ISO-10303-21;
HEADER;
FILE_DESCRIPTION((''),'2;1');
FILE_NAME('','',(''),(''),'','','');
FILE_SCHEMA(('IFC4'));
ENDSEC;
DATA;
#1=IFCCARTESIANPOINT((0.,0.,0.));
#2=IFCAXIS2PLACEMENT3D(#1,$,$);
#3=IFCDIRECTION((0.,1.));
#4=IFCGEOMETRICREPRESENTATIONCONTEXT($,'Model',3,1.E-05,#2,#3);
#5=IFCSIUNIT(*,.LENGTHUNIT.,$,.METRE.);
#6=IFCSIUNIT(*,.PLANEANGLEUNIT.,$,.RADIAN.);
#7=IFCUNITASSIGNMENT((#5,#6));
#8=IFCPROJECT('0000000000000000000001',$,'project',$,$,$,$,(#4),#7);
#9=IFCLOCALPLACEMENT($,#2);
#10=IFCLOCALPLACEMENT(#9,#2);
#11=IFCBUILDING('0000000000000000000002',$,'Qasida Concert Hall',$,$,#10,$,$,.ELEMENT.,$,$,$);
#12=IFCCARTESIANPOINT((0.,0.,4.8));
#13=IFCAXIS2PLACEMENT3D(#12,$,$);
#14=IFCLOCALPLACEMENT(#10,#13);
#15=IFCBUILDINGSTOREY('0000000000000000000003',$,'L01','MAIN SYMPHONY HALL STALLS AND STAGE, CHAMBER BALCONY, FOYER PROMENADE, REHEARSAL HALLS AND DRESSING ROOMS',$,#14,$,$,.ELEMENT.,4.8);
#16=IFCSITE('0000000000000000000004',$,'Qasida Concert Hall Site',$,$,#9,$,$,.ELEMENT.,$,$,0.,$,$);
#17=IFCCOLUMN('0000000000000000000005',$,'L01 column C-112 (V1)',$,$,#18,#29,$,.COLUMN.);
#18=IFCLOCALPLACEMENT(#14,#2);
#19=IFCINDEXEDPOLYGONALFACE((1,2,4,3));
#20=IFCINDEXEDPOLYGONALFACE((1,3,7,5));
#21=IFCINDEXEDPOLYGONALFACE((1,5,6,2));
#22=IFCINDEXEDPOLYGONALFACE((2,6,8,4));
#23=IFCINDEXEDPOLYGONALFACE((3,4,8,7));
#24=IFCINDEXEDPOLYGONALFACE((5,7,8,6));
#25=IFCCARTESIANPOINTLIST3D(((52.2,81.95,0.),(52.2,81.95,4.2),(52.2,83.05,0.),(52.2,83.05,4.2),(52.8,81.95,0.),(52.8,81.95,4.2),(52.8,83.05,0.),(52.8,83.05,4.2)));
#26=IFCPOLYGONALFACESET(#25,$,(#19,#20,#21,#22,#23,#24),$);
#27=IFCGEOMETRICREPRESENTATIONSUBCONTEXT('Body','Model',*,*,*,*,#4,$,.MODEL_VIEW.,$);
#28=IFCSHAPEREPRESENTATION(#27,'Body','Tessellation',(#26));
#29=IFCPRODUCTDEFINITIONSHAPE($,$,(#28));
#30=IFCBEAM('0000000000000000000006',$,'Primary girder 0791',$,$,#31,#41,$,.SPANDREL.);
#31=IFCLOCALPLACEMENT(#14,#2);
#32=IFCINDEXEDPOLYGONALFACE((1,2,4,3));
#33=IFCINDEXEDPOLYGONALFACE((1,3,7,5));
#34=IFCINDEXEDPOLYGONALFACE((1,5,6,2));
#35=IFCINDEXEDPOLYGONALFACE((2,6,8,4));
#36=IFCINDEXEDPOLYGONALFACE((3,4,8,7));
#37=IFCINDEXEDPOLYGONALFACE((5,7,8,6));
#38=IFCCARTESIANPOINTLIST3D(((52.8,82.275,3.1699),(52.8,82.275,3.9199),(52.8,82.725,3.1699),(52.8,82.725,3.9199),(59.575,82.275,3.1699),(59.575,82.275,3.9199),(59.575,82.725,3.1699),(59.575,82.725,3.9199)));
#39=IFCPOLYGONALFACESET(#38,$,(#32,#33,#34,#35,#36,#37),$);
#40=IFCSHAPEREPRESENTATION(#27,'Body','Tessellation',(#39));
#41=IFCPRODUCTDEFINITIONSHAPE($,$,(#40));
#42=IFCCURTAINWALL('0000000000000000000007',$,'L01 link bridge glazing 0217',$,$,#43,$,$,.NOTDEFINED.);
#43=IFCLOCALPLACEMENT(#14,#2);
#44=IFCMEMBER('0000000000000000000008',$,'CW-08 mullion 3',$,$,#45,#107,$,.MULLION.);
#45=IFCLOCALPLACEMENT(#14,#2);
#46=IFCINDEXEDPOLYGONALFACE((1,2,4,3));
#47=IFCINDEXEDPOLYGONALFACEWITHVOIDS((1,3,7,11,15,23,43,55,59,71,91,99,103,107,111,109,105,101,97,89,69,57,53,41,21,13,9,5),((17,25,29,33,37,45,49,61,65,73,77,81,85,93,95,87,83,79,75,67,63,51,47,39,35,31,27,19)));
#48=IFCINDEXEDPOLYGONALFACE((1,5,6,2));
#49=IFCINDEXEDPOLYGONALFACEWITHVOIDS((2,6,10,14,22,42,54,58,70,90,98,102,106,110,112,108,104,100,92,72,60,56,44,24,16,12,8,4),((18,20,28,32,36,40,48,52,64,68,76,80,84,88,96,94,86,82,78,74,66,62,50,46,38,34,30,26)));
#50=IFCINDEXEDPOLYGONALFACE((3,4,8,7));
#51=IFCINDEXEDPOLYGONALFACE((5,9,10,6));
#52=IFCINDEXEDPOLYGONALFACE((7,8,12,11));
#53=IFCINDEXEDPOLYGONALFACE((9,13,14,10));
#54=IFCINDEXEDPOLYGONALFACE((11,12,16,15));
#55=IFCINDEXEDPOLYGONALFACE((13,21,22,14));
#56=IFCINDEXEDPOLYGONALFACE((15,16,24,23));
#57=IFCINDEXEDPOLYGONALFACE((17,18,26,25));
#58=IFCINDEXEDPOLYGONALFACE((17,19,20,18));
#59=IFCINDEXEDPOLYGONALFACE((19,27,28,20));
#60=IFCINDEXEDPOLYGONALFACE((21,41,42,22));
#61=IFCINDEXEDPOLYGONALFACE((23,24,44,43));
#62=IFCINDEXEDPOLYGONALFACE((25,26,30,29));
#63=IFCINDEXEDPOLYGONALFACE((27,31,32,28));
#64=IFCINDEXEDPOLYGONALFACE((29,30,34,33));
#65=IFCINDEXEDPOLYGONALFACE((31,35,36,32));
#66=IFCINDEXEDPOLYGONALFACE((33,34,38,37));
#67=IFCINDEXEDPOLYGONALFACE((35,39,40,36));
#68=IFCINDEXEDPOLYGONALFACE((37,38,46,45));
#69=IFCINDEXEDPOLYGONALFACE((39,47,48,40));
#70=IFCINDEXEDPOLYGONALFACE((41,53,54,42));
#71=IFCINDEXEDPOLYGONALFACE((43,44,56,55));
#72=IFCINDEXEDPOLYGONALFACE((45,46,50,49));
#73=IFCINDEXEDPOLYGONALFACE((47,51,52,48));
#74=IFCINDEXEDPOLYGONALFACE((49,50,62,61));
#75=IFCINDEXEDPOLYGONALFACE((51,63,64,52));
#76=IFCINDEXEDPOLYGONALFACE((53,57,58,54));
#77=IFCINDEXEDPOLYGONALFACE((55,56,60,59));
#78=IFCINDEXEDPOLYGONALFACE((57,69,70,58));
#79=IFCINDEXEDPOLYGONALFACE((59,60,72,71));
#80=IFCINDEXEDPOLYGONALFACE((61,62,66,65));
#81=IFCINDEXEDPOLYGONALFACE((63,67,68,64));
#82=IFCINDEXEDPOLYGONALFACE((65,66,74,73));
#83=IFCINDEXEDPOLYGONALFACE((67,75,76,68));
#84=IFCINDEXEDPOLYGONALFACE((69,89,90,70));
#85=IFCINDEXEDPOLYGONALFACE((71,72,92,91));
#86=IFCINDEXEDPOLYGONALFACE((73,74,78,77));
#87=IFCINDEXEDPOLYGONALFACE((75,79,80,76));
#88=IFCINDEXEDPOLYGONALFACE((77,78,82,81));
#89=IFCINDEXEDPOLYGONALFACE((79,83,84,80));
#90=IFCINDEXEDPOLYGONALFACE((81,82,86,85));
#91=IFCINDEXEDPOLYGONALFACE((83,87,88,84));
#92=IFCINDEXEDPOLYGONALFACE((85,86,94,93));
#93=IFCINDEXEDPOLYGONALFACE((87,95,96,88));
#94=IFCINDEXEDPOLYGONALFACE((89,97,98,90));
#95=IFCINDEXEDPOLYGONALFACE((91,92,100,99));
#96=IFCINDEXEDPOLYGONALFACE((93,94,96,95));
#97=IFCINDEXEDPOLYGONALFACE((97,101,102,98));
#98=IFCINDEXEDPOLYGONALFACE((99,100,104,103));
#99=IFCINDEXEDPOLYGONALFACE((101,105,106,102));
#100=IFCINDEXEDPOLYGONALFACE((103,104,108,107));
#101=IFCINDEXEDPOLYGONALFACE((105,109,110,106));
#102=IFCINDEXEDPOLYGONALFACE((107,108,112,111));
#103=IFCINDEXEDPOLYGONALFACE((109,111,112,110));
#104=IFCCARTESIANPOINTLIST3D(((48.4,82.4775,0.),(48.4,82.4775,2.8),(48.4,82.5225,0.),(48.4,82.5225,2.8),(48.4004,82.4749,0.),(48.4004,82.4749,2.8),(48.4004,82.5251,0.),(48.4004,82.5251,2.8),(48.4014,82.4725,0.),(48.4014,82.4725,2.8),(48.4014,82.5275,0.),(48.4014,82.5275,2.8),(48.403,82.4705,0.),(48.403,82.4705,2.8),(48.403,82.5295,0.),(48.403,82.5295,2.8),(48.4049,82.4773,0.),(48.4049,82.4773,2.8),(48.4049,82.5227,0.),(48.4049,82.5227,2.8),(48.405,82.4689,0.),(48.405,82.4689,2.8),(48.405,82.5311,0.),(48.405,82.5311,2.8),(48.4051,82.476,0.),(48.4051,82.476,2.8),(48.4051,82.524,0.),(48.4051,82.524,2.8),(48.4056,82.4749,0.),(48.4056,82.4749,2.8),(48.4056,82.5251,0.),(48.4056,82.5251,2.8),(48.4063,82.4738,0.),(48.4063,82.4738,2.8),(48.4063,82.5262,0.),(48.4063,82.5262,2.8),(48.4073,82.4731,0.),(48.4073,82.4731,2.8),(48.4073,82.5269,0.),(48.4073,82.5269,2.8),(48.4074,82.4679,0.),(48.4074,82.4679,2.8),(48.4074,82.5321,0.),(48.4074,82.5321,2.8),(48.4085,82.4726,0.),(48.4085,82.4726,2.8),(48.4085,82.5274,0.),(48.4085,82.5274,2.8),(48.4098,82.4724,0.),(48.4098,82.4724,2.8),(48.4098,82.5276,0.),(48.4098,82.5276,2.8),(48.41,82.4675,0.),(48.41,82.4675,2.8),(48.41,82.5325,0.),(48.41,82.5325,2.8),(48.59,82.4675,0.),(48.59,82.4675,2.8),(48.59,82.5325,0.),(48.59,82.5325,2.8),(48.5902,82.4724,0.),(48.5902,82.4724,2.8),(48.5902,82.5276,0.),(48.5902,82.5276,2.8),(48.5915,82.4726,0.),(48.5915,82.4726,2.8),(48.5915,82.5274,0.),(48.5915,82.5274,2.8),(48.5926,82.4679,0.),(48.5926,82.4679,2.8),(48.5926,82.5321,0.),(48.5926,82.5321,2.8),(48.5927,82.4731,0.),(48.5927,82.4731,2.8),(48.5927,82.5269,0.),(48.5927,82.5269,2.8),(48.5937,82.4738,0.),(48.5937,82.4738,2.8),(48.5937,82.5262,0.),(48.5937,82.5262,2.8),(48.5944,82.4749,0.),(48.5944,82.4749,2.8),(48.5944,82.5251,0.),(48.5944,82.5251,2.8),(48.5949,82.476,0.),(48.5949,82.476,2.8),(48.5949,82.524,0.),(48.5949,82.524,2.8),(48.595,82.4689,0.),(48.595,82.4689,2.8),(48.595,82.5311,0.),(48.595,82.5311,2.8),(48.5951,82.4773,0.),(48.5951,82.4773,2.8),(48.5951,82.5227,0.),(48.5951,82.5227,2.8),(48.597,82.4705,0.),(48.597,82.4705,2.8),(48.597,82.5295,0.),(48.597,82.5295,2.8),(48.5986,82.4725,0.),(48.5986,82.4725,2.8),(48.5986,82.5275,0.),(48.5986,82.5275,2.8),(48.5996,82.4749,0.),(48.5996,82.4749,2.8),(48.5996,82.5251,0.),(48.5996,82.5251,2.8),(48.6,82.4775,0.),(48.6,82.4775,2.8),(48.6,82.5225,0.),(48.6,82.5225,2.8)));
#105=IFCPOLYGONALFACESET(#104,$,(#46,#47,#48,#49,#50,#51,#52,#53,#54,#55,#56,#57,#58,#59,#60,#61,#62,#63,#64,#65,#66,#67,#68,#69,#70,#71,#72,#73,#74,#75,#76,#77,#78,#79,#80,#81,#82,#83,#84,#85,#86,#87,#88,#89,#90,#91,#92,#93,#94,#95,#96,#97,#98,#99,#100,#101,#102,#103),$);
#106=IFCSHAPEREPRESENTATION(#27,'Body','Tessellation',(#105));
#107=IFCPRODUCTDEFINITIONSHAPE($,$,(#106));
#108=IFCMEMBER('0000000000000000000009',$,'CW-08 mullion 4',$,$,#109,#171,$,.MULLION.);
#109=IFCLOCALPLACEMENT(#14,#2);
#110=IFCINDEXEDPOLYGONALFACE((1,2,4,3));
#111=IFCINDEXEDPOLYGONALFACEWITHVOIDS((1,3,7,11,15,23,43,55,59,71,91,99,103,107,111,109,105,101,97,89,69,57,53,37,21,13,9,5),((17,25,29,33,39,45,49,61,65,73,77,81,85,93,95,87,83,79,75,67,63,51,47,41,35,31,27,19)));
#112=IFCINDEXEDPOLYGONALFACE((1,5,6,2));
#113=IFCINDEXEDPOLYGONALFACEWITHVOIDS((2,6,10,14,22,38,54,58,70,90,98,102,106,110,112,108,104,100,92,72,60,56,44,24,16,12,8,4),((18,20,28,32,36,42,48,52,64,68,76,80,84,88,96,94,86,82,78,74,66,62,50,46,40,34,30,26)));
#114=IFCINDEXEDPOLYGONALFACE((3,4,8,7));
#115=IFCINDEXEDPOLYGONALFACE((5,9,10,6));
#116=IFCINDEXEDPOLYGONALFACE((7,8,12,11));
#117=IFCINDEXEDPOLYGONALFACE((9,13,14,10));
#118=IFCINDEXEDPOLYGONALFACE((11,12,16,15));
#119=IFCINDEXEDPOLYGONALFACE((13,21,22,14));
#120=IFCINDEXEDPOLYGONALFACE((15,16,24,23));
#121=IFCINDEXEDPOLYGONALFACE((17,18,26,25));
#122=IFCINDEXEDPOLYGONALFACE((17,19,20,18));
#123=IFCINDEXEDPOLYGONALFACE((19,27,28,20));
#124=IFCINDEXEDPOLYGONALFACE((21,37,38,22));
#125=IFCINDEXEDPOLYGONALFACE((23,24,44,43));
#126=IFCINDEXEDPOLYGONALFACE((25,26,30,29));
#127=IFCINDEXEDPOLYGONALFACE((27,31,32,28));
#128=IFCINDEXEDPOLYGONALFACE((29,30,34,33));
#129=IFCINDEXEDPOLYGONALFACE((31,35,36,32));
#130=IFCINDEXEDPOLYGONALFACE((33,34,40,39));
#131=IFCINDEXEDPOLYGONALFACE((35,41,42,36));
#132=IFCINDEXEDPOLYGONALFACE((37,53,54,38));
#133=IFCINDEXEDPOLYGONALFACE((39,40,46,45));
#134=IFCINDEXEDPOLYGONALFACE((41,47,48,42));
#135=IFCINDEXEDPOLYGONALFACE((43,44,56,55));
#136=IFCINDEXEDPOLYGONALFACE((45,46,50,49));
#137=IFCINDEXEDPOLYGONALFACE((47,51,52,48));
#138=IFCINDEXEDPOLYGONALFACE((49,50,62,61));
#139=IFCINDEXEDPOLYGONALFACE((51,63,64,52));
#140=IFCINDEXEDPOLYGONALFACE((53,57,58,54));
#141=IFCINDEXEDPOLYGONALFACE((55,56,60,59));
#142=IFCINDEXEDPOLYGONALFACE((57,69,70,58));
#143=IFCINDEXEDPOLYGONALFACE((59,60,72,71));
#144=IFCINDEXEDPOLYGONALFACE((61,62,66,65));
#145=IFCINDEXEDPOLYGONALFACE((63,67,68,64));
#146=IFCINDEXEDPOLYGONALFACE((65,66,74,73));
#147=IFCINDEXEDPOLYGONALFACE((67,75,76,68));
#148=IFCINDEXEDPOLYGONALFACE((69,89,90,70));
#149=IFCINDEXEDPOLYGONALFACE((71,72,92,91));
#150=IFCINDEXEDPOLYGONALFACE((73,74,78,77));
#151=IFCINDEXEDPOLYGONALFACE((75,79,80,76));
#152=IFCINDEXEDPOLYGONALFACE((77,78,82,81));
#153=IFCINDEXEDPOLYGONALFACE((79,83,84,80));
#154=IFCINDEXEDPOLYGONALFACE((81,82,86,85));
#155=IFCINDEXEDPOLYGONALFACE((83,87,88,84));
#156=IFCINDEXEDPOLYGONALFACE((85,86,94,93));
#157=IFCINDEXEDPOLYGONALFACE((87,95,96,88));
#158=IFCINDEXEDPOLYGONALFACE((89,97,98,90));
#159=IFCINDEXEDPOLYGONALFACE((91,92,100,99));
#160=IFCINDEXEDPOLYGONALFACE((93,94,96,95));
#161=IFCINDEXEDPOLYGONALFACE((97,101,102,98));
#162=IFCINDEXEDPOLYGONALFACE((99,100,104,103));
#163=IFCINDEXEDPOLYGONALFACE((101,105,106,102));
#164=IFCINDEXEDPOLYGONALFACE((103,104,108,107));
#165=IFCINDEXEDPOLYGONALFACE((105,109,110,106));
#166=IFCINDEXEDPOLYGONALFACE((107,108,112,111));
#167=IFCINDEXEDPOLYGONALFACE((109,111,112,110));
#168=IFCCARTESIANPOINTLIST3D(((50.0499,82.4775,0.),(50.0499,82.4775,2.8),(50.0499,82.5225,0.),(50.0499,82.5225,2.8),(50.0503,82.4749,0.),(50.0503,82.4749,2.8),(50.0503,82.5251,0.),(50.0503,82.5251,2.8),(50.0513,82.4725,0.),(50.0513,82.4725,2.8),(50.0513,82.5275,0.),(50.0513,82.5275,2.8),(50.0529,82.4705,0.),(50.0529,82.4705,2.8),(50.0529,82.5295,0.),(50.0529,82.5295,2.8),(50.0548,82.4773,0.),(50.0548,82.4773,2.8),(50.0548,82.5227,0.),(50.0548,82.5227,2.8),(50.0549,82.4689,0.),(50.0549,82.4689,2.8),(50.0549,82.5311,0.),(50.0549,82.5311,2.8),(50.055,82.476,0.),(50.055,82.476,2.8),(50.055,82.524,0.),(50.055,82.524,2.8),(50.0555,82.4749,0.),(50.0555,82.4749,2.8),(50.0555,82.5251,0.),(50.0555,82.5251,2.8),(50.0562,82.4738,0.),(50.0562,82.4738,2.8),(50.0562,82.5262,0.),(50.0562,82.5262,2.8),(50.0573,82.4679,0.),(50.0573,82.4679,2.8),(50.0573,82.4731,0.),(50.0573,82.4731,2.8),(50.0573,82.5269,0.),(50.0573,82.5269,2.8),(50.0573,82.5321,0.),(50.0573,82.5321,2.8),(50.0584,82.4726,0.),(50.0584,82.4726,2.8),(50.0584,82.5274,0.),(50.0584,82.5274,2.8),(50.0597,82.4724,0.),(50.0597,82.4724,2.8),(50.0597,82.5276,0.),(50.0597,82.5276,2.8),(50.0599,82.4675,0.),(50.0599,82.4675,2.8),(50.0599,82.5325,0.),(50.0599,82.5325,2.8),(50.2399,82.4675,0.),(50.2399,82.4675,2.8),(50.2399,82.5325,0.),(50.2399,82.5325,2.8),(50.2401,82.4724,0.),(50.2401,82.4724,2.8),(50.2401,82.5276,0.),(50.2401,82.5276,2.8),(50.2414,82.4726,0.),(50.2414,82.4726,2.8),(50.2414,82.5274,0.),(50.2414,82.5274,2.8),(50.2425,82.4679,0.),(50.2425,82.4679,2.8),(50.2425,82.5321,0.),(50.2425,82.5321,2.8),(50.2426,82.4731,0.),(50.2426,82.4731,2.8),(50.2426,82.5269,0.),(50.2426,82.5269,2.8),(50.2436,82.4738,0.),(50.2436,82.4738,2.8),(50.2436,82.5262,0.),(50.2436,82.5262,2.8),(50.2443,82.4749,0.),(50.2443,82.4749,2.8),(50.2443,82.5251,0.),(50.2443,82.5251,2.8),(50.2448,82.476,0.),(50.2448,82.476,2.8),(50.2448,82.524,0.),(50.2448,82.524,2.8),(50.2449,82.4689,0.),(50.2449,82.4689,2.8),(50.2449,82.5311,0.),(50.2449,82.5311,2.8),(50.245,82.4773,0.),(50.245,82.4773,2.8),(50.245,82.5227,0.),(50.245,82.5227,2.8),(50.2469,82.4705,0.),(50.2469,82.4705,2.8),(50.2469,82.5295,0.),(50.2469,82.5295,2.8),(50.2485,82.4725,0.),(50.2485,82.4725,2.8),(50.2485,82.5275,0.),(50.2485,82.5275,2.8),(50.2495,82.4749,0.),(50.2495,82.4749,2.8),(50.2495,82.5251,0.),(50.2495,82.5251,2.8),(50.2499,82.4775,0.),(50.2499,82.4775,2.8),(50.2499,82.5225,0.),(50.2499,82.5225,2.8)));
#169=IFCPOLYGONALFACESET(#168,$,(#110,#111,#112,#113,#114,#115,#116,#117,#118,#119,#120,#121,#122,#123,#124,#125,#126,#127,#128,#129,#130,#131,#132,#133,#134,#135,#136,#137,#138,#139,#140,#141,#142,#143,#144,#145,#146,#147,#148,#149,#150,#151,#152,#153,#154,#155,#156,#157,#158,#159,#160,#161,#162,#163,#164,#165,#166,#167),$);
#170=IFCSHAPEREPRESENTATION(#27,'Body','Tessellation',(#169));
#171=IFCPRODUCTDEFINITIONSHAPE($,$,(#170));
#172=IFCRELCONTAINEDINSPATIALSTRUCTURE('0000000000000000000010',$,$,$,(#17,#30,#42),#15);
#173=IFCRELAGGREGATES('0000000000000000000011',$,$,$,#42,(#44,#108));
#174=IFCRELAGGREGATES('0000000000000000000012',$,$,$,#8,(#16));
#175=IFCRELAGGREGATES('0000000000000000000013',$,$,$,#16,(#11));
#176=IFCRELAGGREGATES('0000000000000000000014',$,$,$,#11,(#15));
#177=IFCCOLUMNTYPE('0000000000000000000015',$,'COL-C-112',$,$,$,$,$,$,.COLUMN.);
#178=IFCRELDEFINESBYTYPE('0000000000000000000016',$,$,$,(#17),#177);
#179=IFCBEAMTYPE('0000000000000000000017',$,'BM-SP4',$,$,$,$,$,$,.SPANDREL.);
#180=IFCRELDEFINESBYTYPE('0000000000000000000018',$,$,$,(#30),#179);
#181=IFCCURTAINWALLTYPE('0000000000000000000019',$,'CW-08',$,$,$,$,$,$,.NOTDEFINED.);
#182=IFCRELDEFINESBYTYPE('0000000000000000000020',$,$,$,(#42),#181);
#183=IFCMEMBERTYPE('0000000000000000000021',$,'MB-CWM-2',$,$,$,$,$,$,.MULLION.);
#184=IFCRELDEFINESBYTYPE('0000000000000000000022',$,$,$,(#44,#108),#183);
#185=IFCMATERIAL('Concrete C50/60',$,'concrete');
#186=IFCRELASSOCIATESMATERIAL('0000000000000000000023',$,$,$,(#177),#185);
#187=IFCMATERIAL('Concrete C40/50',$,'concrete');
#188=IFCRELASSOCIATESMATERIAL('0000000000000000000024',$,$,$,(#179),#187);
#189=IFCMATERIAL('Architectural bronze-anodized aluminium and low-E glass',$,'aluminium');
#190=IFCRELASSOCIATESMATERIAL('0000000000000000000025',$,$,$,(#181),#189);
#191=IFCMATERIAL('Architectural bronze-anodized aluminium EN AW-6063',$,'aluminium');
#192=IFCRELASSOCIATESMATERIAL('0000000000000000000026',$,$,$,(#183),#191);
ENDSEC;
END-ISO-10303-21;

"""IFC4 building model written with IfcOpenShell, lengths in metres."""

from ifc_helpers import new_model, si_unit, direction, frame, origin, origin_2d, place, context, subcontext, project, spatial, rectangle, hollow_rectangle, extrude, material, material_profile, profile_set, type_object, element, aggregate, save


model = new_model("IFC4")

# Units and contexts
model_context = context("Model", 3, precision=1e-05, world=origin(), true_north=direction((0.0, 1.0)))
body_context = subcontext(model_context, "Body", "Model", "MODEL_VIEW")
ifc_project = project(units=[si_unit("LENGTHUNIT", "METRE"), si_unit("PLANEANGLEUNIT", "RADIAN")], contexts=[model_context])

# Site, building, storey
site_placement = place(None, origin())
site = spatial("IfcSite", under=ifc_project, at=site_placement, Name="Qasida Concert Hall Site", CompositionType="ELEMENT", RefElevation=0.0)
building_placement = place(site_placement, origin())
building = spatial("IfcBuilding", under=site, at=building_placement, Name="Qasida Concert Hall", CompositionType="ELEMENT")
storey_placement = place(building_placement, frame((0.0, 0.0, 4.8)))
storey = spatial("IfcBuildingStorey", under=building, at=storey_placement, Name="L01", Description="MAIN SYMPHONY HALL STALLS AND STAGE, CHAMBER BALCONY, FOYER PROMENADE, REHEARSAL HALLS AND DRESSING ROOMS", CompositionType="ELEMENT", Elevation=4.8)

# Column
ifc_material_1 = material(Name="Concrete C50/60", Category="concrete")
ifc_material_profile_1 = material_profile(ifc_material_1, rectangle(XDim=0.6001, YDim=1.1001, at=origin_2d()), Name="RC 600x1100")
ifc_profile_set_1 = profile_set([ifc_material_profile_1], Name="Concrete C50/60")
column_type = type_object("IfcColumnType", Name="COL-C-112", PredefinedType="COLUMN", material=ifc_profile_set_1)
column_placement = place(storey_placement, frame((52.5, 82.5, 0.0), z_axis=(0.0, 0.0, 1.0), x_axis=(1.0, 0.0, 0.0)))
element("IfcColumn", 1, at=column_placement, inside=storey, type_object=column_type, Name="L01 column C-112 (V1)", PredefinedType="COLUMN", context=body_context, shape_type="SweptSolid", body=[
    extrude(rectangle(XDim=0.6001, YDim=1.1001, at=origin_2d()), origin(), (0.0, 0.0, 1.0), 4.2),
])

# Beam
ifc_material_2 = material(Name="Concrete C40/50", Category="concrete")
ifc_material_profile_2 = material_profile(ifc_material_2, rectangle(XDim=0.45, YDim=0.75, at=origin_2d()), Name="RC 450x750")
ifc_profile_set_2 = profile_set([ifc_material_profile_2], Name="Concrete C40/50")
beam_type = type_object("IfcBeamType", Name="BM-SP4", PredefinedType="SPANDREL", material=ifc_profile_set_2)
beam_placement = place(storey_placement, frame((52.8, 82.5, 3.5449), z_axis=(1.0, 0.0, 0.0), x_axis=(0.0, 1.0, 0.0)))
element("IfcBeam", 2, at=beam_placement, inside=storey, type_object=beam_type, Name="Primary girder 0791", PredefinedType="SPANDREL", context=body_context, shape_type="SweptSolid", body=[
    extrude(rectangle(XDim=0.45, YDim=0.75, at=origin_2d()), origin(), (0.0, 0.0, 1.0), 6.7749),
])

# Curtain wall, members
ifc_material_3 = material(Name="Architectural bronze-anodized aluminium and low-E glass", Category="aluminium")
curtain_wall_type = type_object("IfcCurtainWallType", Name="CW-08", PredefinedType="NOTDEFINED", material=ifc_material_3)
curtain_wall_placement = place(storey_placement, origin())
curtain_wall = element("IfcCurtainWall", 3, at=curtain_wall_placement, inside=storey, type_object=curtain_wall_type, Name="L01 link bridge glazing 0217", PredefinedType="NOTDEFINED")
ifc_material_4 = material(Name="Architectural bronze-anodized aluminium EN AW-6063", Category="aluminium")
ifc_material_profile_3 = material_profile(ifc_material_4, hollow_rectangle(XDim=0.0649, YDim=0.2, WallThickness=0.0049, InnerFilletRadius=0.0049, OuterFilletRadius=0.01, at=origin_2d()), Name="CWM 200x65x5")
ifc_profile_set_3 = profile_set([ifc_material_profile_3], Name="Architectural bronze-anodized aluminium EN AW-6063")
member_type_1 = type_object("IfcMemberType", Name="MB-CWM-2", PredefinedType="MULLION", material=ifc_profile_set_3)
member_1_placement = place(storey_placement, frame((48.5, 82.5, 0.0), z_axis=(0.0, 0.0, 1.0), x_axis=(0.0, 1.0, 0.0)))
member_1 = element("IfcMember", 4, at=member_1_placement, type_object=member_type_1, Name="CW-08 mullion 3", PredefinedType="MULLION", context=body_context, shape_type="SweptSolid", body=[
    extrude(hollow_rectangle(XDim=0.0649, YDim=0.2, WallThickness=0.0049, InnerFilletRadius=0.0049, OuterFilletRadius=0.01, at=origin_2d()), origin(), (0.0, 0.0, 1.0), 2.8),
])
member_2_placement = place(storey_placement, frame((50.1499, 82.5, 0.0), z_axis=(0.0, 0.0, 1.0), x_axis=(0.0, 1.0, 0.0)))
member_2 = element("IfcMember", 5, at=member_2_placement, type_object=member_type_1, Name="CW-08 mullion 4", PredefinedType="MULLION", context=body_context, shape_type="SweptSolid", body=[
    extrude(hollow_rectangle(XDim=0.0649, YDim=0.2, WallThickness=0.0049, InnerFilletRadius=0.0049, OuterFilletRadius=0.01, at=origin_2d()), origin(), (0.0, 0.0, 1.0), 2.8),
])
aggregate(curtain_wall, [member_1, member_2])

save(model, "model.ifc")
